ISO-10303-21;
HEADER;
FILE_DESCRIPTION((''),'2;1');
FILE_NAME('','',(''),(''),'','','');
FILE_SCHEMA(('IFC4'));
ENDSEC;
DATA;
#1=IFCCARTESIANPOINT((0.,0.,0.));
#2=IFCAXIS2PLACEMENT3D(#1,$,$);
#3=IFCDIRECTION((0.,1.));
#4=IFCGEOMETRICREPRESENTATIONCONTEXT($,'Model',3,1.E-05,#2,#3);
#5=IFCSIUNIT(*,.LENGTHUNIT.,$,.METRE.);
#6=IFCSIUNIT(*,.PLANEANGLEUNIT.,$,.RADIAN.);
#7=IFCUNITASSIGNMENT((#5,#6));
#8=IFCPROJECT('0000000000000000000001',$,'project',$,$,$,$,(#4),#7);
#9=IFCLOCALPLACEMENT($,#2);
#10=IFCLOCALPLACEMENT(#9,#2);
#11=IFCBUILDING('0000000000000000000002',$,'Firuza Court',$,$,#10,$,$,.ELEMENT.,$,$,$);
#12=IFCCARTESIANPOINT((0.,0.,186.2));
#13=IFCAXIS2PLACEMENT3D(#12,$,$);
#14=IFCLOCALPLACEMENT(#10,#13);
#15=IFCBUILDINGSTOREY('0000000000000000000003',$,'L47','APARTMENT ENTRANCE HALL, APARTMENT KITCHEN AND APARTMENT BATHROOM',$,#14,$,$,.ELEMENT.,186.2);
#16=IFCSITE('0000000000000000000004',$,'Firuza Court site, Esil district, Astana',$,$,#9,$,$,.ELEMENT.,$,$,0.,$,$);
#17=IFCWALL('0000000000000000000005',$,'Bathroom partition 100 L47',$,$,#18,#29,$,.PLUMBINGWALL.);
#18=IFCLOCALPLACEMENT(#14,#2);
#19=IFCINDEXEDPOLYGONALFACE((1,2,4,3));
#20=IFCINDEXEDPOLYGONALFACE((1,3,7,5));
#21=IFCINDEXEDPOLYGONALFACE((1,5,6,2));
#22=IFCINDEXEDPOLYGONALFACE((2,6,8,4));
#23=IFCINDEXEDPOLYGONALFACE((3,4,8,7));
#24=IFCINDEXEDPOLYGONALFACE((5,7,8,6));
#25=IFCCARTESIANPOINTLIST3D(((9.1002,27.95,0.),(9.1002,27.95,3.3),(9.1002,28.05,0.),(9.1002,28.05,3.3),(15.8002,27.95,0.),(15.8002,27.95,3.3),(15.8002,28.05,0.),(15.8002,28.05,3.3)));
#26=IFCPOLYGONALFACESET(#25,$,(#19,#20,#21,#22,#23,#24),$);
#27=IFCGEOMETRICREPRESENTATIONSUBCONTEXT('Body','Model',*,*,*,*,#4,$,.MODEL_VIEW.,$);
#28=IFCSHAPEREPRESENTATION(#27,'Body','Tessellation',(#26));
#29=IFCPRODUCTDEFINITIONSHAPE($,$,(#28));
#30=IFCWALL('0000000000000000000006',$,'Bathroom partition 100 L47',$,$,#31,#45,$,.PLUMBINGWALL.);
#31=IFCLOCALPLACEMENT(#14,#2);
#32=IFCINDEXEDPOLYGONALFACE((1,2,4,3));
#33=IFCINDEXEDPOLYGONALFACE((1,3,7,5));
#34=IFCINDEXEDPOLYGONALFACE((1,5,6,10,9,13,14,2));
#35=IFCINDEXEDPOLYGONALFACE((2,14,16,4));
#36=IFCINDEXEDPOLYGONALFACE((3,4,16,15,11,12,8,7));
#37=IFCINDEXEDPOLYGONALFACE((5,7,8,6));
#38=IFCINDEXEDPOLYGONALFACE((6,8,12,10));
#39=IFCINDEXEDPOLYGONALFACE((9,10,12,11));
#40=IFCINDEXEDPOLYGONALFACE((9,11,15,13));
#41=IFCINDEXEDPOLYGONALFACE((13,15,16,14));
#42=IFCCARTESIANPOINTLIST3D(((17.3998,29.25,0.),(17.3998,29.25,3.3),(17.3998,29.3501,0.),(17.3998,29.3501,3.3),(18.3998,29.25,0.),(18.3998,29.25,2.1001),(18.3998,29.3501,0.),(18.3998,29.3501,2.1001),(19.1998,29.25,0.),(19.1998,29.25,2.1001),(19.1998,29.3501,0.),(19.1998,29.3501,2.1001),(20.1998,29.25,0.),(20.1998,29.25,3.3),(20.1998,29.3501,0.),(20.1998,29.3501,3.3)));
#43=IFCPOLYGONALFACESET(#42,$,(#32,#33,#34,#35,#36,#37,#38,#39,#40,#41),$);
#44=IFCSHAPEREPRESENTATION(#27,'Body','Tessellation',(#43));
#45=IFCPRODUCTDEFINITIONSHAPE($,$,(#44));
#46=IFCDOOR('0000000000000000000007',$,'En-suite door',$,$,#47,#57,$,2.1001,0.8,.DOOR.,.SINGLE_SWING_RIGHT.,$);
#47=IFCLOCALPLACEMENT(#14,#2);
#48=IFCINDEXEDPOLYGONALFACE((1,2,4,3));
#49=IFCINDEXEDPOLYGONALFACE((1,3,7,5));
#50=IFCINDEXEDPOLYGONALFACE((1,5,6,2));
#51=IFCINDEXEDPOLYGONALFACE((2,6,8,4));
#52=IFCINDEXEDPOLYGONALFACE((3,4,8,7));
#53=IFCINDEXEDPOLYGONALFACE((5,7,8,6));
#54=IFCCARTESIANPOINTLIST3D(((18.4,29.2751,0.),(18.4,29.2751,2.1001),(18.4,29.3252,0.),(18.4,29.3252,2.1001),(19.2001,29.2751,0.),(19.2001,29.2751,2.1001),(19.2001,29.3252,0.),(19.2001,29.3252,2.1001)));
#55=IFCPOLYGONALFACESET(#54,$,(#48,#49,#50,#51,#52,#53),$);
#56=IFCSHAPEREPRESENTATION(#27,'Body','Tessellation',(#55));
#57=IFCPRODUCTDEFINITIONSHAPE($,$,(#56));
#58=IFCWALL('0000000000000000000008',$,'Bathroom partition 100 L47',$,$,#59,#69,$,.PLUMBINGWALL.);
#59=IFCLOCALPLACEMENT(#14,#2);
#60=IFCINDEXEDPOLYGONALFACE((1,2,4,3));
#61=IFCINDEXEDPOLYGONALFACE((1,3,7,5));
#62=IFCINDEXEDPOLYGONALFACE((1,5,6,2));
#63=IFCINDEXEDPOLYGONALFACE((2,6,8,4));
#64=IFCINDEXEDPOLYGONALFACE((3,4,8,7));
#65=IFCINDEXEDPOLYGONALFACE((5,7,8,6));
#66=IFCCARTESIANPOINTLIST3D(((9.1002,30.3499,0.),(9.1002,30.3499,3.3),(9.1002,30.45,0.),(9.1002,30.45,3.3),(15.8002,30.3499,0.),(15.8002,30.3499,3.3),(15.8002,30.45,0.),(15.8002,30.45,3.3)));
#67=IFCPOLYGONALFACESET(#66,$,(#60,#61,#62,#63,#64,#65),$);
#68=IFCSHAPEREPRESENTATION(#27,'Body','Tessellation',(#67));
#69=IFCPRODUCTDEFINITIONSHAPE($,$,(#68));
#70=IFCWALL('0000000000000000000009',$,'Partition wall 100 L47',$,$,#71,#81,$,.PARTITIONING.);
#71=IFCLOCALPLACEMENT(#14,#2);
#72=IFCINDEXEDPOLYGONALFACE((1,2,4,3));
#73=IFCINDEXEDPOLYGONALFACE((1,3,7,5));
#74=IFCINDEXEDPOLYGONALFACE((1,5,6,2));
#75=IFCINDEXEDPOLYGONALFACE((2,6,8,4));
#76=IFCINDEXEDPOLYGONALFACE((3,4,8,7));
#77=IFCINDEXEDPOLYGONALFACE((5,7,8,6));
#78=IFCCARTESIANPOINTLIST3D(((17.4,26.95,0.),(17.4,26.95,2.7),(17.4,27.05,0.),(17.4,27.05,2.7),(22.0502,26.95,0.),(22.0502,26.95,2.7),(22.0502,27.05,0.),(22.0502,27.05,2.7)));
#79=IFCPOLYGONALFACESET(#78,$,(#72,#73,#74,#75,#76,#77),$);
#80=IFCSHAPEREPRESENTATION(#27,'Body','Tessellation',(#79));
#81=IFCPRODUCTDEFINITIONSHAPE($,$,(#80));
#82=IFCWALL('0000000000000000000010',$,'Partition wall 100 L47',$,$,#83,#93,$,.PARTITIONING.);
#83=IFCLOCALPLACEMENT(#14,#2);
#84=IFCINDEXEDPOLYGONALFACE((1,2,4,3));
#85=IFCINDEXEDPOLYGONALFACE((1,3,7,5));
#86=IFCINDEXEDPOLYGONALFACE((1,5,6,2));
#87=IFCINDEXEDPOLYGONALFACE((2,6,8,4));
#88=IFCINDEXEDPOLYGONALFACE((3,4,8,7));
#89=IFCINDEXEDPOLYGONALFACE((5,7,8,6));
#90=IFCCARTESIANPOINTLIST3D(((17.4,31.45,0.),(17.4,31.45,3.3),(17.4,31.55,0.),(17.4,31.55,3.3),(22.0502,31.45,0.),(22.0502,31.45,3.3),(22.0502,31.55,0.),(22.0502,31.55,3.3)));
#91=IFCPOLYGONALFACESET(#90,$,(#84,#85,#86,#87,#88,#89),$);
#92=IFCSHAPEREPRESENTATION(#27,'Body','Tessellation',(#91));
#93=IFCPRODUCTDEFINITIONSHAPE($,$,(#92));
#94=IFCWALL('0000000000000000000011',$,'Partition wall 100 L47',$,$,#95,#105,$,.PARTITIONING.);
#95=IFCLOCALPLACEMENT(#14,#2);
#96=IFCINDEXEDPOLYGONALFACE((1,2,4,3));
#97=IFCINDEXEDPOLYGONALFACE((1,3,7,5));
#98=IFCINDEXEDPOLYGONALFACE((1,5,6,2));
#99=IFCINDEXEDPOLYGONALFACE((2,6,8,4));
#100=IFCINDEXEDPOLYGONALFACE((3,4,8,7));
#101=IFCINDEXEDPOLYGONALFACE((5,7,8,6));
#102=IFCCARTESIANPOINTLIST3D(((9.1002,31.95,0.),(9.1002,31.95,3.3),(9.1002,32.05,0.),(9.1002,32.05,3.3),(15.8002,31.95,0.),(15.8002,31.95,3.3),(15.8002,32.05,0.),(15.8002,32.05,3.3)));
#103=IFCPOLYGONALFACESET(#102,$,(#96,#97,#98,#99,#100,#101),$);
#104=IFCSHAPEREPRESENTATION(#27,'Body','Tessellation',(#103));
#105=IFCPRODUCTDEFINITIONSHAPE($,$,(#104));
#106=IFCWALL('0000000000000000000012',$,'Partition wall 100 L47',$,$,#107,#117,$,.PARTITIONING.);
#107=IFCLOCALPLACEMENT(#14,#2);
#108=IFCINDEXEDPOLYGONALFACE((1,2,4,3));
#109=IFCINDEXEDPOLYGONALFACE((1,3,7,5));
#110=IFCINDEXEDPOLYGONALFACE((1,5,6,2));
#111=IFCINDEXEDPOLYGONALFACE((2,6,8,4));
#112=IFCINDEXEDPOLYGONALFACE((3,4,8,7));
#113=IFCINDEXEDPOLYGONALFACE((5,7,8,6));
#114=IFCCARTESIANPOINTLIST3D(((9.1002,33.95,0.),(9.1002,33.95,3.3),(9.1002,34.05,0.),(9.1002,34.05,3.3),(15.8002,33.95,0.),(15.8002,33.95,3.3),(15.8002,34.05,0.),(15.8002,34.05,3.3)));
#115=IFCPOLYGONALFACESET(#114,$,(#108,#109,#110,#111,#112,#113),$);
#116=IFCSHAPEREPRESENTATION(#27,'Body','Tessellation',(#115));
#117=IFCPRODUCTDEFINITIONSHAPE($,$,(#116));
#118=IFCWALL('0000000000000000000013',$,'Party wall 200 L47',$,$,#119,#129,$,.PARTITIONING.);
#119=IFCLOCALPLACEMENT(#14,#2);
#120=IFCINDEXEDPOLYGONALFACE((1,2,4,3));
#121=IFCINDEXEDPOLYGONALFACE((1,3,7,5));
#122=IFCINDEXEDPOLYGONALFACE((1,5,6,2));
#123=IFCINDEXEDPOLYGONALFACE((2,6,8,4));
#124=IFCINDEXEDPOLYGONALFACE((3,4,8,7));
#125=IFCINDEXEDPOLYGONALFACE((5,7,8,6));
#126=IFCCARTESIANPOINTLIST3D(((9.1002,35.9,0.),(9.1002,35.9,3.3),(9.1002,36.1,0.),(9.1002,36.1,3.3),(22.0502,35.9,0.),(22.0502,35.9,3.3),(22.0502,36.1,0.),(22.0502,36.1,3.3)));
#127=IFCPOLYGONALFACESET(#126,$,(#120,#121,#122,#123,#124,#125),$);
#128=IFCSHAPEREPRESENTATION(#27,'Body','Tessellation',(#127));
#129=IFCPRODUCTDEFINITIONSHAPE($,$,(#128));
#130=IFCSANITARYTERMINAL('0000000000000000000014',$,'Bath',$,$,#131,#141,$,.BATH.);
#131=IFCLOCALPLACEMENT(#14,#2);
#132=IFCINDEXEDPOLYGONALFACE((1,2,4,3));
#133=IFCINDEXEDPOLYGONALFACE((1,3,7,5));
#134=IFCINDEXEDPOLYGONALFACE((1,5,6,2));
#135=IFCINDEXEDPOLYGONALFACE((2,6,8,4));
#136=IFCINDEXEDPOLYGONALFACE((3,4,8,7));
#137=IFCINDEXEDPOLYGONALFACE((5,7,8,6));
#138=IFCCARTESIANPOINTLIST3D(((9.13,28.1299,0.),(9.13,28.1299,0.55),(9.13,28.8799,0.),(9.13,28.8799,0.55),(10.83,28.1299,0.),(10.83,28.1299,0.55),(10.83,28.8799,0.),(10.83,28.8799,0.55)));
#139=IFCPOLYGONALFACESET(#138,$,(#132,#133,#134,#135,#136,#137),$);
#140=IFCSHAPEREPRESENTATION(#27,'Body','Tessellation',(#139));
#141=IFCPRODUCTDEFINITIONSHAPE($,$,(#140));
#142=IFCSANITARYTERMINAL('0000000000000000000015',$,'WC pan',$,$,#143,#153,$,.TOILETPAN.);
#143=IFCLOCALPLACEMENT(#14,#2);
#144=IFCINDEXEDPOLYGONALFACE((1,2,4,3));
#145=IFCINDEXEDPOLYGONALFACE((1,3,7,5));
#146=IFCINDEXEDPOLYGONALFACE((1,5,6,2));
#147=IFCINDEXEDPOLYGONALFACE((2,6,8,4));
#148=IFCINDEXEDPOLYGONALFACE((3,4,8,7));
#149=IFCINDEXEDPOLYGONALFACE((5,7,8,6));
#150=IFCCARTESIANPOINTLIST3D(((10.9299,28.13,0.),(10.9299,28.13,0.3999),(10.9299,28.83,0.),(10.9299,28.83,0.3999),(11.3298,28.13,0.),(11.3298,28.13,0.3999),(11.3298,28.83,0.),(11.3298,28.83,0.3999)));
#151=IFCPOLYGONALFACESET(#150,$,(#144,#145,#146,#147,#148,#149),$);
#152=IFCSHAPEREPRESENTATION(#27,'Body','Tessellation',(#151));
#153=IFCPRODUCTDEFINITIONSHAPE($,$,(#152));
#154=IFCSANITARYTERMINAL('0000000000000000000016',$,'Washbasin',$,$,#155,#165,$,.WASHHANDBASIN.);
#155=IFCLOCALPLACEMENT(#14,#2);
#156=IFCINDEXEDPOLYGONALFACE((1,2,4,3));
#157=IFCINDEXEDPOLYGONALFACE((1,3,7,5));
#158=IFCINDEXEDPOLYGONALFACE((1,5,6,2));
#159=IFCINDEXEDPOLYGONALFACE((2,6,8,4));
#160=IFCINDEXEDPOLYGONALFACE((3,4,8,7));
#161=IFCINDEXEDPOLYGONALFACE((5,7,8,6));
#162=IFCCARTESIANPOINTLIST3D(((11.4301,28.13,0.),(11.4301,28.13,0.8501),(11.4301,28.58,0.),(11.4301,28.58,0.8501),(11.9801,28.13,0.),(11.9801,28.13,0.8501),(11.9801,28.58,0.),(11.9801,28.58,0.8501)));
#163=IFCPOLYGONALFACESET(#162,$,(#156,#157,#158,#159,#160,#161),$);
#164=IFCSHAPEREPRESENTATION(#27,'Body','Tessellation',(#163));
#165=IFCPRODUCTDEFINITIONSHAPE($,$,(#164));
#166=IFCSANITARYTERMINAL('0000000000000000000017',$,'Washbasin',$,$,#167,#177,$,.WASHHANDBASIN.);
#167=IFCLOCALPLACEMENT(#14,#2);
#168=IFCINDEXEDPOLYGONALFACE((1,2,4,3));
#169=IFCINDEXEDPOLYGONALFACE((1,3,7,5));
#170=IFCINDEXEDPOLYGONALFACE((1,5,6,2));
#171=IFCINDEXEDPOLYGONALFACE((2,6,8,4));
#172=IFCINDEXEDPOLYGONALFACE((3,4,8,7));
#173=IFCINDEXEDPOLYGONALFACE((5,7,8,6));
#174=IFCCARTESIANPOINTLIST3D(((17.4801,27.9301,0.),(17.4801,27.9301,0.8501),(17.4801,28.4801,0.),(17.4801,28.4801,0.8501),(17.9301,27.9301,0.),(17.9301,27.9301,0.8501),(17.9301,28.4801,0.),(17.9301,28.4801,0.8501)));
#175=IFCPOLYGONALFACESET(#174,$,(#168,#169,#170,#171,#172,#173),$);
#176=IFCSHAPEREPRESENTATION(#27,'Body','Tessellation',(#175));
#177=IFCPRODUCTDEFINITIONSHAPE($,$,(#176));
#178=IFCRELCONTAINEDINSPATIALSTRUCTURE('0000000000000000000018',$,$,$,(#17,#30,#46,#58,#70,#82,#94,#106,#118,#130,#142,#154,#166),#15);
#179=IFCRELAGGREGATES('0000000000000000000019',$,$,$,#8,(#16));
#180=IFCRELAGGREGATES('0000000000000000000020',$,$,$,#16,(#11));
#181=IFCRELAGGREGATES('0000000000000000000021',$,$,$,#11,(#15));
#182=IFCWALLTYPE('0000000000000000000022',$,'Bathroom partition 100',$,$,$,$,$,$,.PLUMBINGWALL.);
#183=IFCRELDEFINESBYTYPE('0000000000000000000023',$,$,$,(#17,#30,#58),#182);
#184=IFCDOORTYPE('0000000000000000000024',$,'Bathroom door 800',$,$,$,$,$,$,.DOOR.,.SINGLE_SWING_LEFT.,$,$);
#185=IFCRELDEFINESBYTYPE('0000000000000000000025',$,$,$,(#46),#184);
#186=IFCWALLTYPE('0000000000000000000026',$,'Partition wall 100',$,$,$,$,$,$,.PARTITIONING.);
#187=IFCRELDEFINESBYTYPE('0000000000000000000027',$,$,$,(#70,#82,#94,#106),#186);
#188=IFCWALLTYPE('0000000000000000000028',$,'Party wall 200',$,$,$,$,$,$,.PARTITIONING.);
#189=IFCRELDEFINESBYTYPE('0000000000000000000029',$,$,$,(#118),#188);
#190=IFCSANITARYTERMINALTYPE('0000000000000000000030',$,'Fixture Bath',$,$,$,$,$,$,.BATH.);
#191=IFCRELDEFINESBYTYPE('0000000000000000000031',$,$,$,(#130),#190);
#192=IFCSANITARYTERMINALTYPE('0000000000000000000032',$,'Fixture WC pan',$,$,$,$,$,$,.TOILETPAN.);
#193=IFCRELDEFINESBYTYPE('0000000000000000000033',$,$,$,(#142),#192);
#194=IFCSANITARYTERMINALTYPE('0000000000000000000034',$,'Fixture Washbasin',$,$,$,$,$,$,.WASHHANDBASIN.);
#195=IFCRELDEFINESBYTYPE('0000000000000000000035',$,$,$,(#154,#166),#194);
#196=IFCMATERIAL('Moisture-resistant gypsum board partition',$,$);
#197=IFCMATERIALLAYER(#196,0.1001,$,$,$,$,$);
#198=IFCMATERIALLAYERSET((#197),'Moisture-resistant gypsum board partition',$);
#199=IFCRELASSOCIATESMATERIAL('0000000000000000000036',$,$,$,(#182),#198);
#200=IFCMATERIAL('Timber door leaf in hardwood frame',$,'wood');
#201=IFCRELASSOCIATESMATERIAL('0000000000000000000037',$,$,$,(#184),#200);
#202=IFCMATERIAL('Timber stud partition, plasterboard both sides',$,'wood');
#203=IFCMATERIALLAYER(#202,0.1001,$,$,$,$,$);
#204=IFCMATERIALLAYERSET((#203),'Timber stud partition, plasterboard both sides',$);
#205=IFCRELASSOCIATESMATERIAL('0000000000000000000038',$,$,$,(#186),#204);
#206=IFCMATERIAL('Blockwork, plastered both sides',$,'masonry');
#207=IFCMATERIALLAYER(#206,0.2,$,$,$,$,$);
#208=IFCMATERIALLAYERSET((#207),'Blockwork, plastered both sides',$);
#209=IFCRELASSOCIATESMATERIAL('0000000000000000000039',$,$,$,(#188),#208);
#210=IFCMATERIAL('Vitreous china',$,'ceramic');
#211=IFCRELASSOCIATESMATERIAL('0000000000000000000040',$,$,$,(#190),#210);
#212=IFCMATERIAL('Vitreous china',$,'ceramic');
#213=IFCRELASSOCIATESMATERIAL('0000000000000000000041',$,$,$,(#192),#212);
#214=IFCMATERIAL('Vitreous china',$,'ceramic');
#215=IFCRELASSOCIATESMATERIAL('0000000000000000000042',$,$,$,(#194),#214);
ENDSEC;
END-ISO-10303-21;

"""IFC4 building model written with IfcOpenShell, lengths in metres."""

from ifc_helpers import new_model, si_unit, direction, frame, frame_2d, origin, origin_2d, place, context, subcontext, project, spatial, rectangle, extrude, material, layer, layer_set, type_object, element, fill, save


model = new_model("IFC4")

# Units and contexts
model_context = context("Model", 3, precision=1e-05, world=origin(), true_north=direction((0.0, 1.0)))
body_context = subcontext(model_context, "Body", "Model", "MODEL_VIEW")
ifc_project = project(units=[si_unit("LENGTHUNIT", "METRE"), si_unit("PLANEANGLEUNIT", "RADIAN")], contexts=[model_context])

# Site, building, storey
site_placement = place(None, origin())
site = spatial("IfcSite", under=ifc_project, at=site_placement, Name="Firuza Court site, Esil district, Astana", CompositionType="ELEMENT", RefElevation=0.0)
building_placement = place(site_placement, origin())
building = spatial("IfcBuilding", under=site, at=building_placement, Name="Firuza Court", CompositionType="ELEMENT")
storey_placement = place(building_placement, frame((0.0, 0.0, 186.2)))
storey = spatial("IfcBuildingStorey", under=building, at=storey_placement, Name="L47", Description="APARTMENT ENTRANCE HALL, APARTMENT KITCHEN AND APARTMENT BATHROOM", CompositionType="ELEMENT", Elevation=186.2)

# Wall
ifc_material_1 = material(Name="Moisture-resistant gypsum board partition")
ifc_layer_1 = layer(ifc_material_1, 0.1001)
ifc_layer_set_1 = layer_set([ifc_layer_1], Name="Moisture-resistant gypsum board partition")
wall_type_1 = type_object("IfcWallType", Name="Bathroom partition 100", PredefinedType="PLUMBINGWALL", material=ifc_layer_set_1)
wall_1_placement = place(storey_placement, frame((9.1001, 28.0, 0.0), z_axis=(0.0, 0.0, 1.0), x_axis=(1.0, 0.0, 0.0)))
element("IfcWall", 1, at=wall_1_placement, inside=storey, type_object=wall_type_1, Name="Bathroom partition 100 L47", PredefinedType="PLUMBINGWALL", context=body_context, shape_type="SweptSolid", body=[
    extrude(rectangle(XDim=6.7, YDim=0.1001, at=frame_2d((3.3501, 0.0))), origin(), (0.0, 0.0, 1.0), 3.3),
])

# Wall, opening, door
wall_2_placement = place(storey_placement, frame((17.3999, 29.3, 0.0), z_axis=(0.0, 0.0, 1.0), x_axis=(1.0, 0.0, 0.0)))
wall_2 = element("IfcWall", 2, at=wall_2_placement, inside=storey, type_object=wall_type_1, Name="Bathroom partition 100 L47", PredefinedType="PLUMBINGWALL", context=body_context, shape_type="SweptSolid", body=[
    extrude(rectangle(XDim=2.8, YDim=0.1001, at=frame_2d((1.3999, 0.0))), origin(), (0.0, 0.0, 1.0), 3.3),
])
opening_placement = place(wall_2_placement, frame((1.0, 0.0, 0.0)))
opening = element("IfcOpeningElement", 3, at=opening_placement, cuts=wall_2, PredefinedType="OPENING", context=body_context, shape_type="SweptSolid", body=[
    extrude(rectangle(XDim=0.8, YDim=2.1001, at=frame_2d((0.3999, 1.05))), frame((0.0, 0.062, 0.0), z_axis=(0.0, -1.0, 0.0), x_axis=(1.0, 0.0, 0.0)), (0.0, 0.0, 1.0), 0.124),
])
ifc_material_2 = material(Name="Timber door leaf in hardwood frame", Category="wood")
door_type = type_object("IfcDoorType", Name="Bathroom door 800", OperationType="SINGLE_SWING_LEFT", PredefinedType="DOOR", material=ifc_material_2)
door_placement = place(opening_placement, frame((0.8, 0.0, 0.0), z_axis=(0.0, 0.0, 1.0), x_axis=(-1.0, 0.0, 0.0)))
door = element("IfcDoor", 4, at=door_placement, inside=storey, type_object=door_type, Name="En-suite door", OperationType="SINGLE_SWING_RIGHT", OverallHeight=2.1001, OverallWidth=0.8, PredefinedType="DOOR", context=body_context, shape_type="SweptSolid", body=[
    extrude(rectangle(XDim=0.8, YDim=2.1001, at=frame_2d((0.3999, 1.05))), frame((0.0, 0.0249, 0.0), z_axis=(0.0, -1.0, 0.0), x_axis=(1.0, 0.0, 0.0)), (0.0, 0.0, 1.0), 0.05),
])
fill(opening, door)

# Walls
wall_3_placement = place(storey_placement, frame((9.1001, 30.3999, 0.0), z_axis=(0.0, 0.0, 1.0), x_axis=(1.0, 0.0, 0.0)))
element("IfcWall", 5, at=wall_3_placement, inside=storey, type_object=wall_type_1, Name="Bathroom partition 100 L47", PredefinedType="PLUMBINGWALL", context=body_context, shape_type="SweptSolid", body=[
    extrude(rectangle(XDim=6.7, YDim=0.1001, at=frame_2d((3.3501, 0.0))), origin(), (0.0, 0.0, 1.0), 3.3),
])
ifc_material_3 = material(Name="Timber stud partition, plasterboard both sides", Category="wood")
ifc_layer_2 = layer(ifc_material_3, 0.1001)
ifc_layer_set_2 = layer_set([ifc_layer_2], Name="Timber stud partition, plasterboard both sides")
wall_type_2 = type_object("IfcWallType", Name="Partition wall 100", PredefinedType="PARTITIONING", material=ifc_layer_set_2)
wall_4_placement = place(storey_placement, frame((17.3999, 27.0, 0.0), z_axis=(0.0, 0.0, 1.0), x_axis=(1.0, 0.0, 0.0)))
element("IfcWall", 6, at=wall_4_placement, inside=storey, type_object=wall_type_2, Name="Partition wall 100 L47", PredefinedType="PARTITIONING", context=body_context, shape_type="SweptSolid", body=[
    extrude(rectangle(XDim=4.6501, YDim=0.1001, at=frame_2d((2.3252, 0.0))), origin(), (0.0, 0.0, 1.0), 2.7),
])
wall_5_placement = place(storey_placement, frame((17.3999, 31.5, 0.0), z_axis=(0.0, 0.0, 1.0), x_axis=(1.0, 0.0, 0.0)))
element("IfcWall", 7, at=wall_5_placement, inside=storey, type_object=wall_type_2, Name="Partition wall 100 L47", PredefinedType="PARTITIONING", context=body_context, shape_type="SweptSolid", body=[
    extrude(rectangle(XDim=4.6501, YDim=0.1001, at=frame_2d((2.3252, 0.0))), origin(), (0.0, 0.0, 1.0), 3.3),
])
for number, where, z_axis, x_axis, name in (
    (8, (9.1001, 32.0, 0.0), (0.0, 0.0, 1.0), (1.0, 0.0, 0.0), "Partition wall 100 L47"),
    (9, (9.1001, 34.0, 0.0), (0.0, 0.0, 1.0), (1.0, 0.0, 0.0), "Partition wall 100 L47"),
):
    element("IfcWall", number, at=place(storey_placement, frame(where, z_axis=z_axis, x_axis=x_axis)), inside=storey, type_object=wall_type_2, Name=name, PredefinedType="PARTITIONING", context=body_context, shape_type="SweptSolid", body=[
        extrude(rectangle(XDim=6.7, YDim=0.1001, at=frame_2d((3.3501, 0.0))), origin(), (0.0, 0.0, 1.0), 3.3),
    ])
ifc_material_4 = material(Name="Blockwork, plastered both sides", Category="masonry")
ifc_layer_3 = layer(ifc_material_4, 0.2)
ifc_layer_set_3 = layer_set([ifc_layer_3], Name="Blockwork, plastered both sides")
wall_type_3 = type_object("IfcWallType", Name="Party wall 200", PredefinedType="PARTITIONING", material=ifc_layer_set_3)
wall_6_placement = place(storey_placement, frame((9.1001, 36.0, 0.0), z_axis=(0.0, 0.0, 1.0), x_axis=(1.0, 0.0, 0.0)))
element("IfcWall", 10, at=wall_6_placement, inside=storey, type_object=wall_type_3, Name="Party wall 200 L47", PredefinedType="PARTITIONING", context=body_context, shape_type="SweptSolid", body=[
    extrude(rectangle(XDim=12.95, YDim=0.2, at=frame_2d((6.4751, 0.0))), origin(), (0.0, 0.0, 1.0), 3.3),
])

# Sanitary terminals
ifc_material_5 = material(Name="Vitreous china", Category="ceramic")
sanitary_terminal_type_1 = type_object("IfcSanitaryTerminalType", Name="Fixture Bath", PredefinedType="BATH", material=ifc_material_5)
sanitary_terminal_1_placement = place(storey_placement, frame((9.98, 28.5049, 0.0), z_axis=(0.0, 0.0, 1.0), x_axis=(1.0, 0.0, 0.0)))
element("IfcSanitaryTerminal", 11, at=sanitary_terminal_1_placement, inside=storey, type_object=sanitary_terminal_type_1, Name="Bath", PredefinedType="BATH", context=body_context, shape_type="SweptSolid", body=[
    extrude(rectangle(XDim=1.7, YDim=0.75, at=origin_2d()), origin(), (0.0, 0.0, 1.0), 0.55),
])
ifc_material_6 = material(Name="Vitreous china", Category="ceramic")
sanitary_terminal_type_2 = type_object("IfcSanitaryTerminalType", Name="Fixture WC pan", PredefinedType="TOILETPAN", material=ifc_material_6)
sanitary_terminal_2_placement = place(storey_placement, frame((11.1299, 28.48, 0.0), z_axis=(0.0, 0.0, 1.0), x_axis=(1.0, 0.0, 0.0)))
element("IfcSanitaryTerminal", 12, at=sanitary_terminal_2_placement, inside=storey, type_object=sanitary_terminal_type_2, Name="WC pan", PredefinedType="TOILETPAN", context=body_context, shape_type="SweptSolid", body=[
    extrude(rectangle(XDim=0.3999, YDim=0.7, at=origin_2d()), origin(), (0.0, 0.0, 1.0), 0.3999),
])
ifc_material_7 = material(Name="Vitreous china", Category="ceramic")
sanitary_terminal_type_3 = type_object("IfcSanitaryTerminalType", Name="Fixture Washbasin", PredefinedType="WASHHANDBASIN", material=ifc_material_7)
sanitary_terminal_3_placement = place(storey_placement, frame((11.7051, 28.355, 0.0), z_axis=(0.0, 0.0, 1.0), x_axis=(1.0, 0.0, 0.0)))
element("IfcSanitaryTerminal", 13, at=sanitary_terminal_3_placement, inside=storey, type_object=sanitary_terminal_type_3, Name="Washbasin", PredefinedType="WASHHANDBASIN", context=body_context, shape_type="SweptSolid", body=[
    extrude(rectangle(XDim=0.55, YDim=0.45, at=origin_2d()), origin(), (0.0, 0.0, 1.0), 0.8501),
])
sanitary_terminal_4_placement = place(storey_placement, frame((17.7051, 28.2051, 0.0), z_axis=(0.0, 0.0, 1.0), x_axis=(1.0, 0.0, 0.0)))
element("IfcSanitaryTerminal", 14, at=sanitary_terminal_4_placement, inside=storey, type_object=sanitary_terminal_type_3, Name="Washbasin", PredefinedType="WASHHANDBASIN", context=body_context, shape_type="SweptSolid", body=[
    extrude(rectangle(XDim=0.45, YDim=0.55, at=origin_2d()), origin(), (0.0, 0.0, 1.0), 0.8501),
])

save(model, "model.ifc")
